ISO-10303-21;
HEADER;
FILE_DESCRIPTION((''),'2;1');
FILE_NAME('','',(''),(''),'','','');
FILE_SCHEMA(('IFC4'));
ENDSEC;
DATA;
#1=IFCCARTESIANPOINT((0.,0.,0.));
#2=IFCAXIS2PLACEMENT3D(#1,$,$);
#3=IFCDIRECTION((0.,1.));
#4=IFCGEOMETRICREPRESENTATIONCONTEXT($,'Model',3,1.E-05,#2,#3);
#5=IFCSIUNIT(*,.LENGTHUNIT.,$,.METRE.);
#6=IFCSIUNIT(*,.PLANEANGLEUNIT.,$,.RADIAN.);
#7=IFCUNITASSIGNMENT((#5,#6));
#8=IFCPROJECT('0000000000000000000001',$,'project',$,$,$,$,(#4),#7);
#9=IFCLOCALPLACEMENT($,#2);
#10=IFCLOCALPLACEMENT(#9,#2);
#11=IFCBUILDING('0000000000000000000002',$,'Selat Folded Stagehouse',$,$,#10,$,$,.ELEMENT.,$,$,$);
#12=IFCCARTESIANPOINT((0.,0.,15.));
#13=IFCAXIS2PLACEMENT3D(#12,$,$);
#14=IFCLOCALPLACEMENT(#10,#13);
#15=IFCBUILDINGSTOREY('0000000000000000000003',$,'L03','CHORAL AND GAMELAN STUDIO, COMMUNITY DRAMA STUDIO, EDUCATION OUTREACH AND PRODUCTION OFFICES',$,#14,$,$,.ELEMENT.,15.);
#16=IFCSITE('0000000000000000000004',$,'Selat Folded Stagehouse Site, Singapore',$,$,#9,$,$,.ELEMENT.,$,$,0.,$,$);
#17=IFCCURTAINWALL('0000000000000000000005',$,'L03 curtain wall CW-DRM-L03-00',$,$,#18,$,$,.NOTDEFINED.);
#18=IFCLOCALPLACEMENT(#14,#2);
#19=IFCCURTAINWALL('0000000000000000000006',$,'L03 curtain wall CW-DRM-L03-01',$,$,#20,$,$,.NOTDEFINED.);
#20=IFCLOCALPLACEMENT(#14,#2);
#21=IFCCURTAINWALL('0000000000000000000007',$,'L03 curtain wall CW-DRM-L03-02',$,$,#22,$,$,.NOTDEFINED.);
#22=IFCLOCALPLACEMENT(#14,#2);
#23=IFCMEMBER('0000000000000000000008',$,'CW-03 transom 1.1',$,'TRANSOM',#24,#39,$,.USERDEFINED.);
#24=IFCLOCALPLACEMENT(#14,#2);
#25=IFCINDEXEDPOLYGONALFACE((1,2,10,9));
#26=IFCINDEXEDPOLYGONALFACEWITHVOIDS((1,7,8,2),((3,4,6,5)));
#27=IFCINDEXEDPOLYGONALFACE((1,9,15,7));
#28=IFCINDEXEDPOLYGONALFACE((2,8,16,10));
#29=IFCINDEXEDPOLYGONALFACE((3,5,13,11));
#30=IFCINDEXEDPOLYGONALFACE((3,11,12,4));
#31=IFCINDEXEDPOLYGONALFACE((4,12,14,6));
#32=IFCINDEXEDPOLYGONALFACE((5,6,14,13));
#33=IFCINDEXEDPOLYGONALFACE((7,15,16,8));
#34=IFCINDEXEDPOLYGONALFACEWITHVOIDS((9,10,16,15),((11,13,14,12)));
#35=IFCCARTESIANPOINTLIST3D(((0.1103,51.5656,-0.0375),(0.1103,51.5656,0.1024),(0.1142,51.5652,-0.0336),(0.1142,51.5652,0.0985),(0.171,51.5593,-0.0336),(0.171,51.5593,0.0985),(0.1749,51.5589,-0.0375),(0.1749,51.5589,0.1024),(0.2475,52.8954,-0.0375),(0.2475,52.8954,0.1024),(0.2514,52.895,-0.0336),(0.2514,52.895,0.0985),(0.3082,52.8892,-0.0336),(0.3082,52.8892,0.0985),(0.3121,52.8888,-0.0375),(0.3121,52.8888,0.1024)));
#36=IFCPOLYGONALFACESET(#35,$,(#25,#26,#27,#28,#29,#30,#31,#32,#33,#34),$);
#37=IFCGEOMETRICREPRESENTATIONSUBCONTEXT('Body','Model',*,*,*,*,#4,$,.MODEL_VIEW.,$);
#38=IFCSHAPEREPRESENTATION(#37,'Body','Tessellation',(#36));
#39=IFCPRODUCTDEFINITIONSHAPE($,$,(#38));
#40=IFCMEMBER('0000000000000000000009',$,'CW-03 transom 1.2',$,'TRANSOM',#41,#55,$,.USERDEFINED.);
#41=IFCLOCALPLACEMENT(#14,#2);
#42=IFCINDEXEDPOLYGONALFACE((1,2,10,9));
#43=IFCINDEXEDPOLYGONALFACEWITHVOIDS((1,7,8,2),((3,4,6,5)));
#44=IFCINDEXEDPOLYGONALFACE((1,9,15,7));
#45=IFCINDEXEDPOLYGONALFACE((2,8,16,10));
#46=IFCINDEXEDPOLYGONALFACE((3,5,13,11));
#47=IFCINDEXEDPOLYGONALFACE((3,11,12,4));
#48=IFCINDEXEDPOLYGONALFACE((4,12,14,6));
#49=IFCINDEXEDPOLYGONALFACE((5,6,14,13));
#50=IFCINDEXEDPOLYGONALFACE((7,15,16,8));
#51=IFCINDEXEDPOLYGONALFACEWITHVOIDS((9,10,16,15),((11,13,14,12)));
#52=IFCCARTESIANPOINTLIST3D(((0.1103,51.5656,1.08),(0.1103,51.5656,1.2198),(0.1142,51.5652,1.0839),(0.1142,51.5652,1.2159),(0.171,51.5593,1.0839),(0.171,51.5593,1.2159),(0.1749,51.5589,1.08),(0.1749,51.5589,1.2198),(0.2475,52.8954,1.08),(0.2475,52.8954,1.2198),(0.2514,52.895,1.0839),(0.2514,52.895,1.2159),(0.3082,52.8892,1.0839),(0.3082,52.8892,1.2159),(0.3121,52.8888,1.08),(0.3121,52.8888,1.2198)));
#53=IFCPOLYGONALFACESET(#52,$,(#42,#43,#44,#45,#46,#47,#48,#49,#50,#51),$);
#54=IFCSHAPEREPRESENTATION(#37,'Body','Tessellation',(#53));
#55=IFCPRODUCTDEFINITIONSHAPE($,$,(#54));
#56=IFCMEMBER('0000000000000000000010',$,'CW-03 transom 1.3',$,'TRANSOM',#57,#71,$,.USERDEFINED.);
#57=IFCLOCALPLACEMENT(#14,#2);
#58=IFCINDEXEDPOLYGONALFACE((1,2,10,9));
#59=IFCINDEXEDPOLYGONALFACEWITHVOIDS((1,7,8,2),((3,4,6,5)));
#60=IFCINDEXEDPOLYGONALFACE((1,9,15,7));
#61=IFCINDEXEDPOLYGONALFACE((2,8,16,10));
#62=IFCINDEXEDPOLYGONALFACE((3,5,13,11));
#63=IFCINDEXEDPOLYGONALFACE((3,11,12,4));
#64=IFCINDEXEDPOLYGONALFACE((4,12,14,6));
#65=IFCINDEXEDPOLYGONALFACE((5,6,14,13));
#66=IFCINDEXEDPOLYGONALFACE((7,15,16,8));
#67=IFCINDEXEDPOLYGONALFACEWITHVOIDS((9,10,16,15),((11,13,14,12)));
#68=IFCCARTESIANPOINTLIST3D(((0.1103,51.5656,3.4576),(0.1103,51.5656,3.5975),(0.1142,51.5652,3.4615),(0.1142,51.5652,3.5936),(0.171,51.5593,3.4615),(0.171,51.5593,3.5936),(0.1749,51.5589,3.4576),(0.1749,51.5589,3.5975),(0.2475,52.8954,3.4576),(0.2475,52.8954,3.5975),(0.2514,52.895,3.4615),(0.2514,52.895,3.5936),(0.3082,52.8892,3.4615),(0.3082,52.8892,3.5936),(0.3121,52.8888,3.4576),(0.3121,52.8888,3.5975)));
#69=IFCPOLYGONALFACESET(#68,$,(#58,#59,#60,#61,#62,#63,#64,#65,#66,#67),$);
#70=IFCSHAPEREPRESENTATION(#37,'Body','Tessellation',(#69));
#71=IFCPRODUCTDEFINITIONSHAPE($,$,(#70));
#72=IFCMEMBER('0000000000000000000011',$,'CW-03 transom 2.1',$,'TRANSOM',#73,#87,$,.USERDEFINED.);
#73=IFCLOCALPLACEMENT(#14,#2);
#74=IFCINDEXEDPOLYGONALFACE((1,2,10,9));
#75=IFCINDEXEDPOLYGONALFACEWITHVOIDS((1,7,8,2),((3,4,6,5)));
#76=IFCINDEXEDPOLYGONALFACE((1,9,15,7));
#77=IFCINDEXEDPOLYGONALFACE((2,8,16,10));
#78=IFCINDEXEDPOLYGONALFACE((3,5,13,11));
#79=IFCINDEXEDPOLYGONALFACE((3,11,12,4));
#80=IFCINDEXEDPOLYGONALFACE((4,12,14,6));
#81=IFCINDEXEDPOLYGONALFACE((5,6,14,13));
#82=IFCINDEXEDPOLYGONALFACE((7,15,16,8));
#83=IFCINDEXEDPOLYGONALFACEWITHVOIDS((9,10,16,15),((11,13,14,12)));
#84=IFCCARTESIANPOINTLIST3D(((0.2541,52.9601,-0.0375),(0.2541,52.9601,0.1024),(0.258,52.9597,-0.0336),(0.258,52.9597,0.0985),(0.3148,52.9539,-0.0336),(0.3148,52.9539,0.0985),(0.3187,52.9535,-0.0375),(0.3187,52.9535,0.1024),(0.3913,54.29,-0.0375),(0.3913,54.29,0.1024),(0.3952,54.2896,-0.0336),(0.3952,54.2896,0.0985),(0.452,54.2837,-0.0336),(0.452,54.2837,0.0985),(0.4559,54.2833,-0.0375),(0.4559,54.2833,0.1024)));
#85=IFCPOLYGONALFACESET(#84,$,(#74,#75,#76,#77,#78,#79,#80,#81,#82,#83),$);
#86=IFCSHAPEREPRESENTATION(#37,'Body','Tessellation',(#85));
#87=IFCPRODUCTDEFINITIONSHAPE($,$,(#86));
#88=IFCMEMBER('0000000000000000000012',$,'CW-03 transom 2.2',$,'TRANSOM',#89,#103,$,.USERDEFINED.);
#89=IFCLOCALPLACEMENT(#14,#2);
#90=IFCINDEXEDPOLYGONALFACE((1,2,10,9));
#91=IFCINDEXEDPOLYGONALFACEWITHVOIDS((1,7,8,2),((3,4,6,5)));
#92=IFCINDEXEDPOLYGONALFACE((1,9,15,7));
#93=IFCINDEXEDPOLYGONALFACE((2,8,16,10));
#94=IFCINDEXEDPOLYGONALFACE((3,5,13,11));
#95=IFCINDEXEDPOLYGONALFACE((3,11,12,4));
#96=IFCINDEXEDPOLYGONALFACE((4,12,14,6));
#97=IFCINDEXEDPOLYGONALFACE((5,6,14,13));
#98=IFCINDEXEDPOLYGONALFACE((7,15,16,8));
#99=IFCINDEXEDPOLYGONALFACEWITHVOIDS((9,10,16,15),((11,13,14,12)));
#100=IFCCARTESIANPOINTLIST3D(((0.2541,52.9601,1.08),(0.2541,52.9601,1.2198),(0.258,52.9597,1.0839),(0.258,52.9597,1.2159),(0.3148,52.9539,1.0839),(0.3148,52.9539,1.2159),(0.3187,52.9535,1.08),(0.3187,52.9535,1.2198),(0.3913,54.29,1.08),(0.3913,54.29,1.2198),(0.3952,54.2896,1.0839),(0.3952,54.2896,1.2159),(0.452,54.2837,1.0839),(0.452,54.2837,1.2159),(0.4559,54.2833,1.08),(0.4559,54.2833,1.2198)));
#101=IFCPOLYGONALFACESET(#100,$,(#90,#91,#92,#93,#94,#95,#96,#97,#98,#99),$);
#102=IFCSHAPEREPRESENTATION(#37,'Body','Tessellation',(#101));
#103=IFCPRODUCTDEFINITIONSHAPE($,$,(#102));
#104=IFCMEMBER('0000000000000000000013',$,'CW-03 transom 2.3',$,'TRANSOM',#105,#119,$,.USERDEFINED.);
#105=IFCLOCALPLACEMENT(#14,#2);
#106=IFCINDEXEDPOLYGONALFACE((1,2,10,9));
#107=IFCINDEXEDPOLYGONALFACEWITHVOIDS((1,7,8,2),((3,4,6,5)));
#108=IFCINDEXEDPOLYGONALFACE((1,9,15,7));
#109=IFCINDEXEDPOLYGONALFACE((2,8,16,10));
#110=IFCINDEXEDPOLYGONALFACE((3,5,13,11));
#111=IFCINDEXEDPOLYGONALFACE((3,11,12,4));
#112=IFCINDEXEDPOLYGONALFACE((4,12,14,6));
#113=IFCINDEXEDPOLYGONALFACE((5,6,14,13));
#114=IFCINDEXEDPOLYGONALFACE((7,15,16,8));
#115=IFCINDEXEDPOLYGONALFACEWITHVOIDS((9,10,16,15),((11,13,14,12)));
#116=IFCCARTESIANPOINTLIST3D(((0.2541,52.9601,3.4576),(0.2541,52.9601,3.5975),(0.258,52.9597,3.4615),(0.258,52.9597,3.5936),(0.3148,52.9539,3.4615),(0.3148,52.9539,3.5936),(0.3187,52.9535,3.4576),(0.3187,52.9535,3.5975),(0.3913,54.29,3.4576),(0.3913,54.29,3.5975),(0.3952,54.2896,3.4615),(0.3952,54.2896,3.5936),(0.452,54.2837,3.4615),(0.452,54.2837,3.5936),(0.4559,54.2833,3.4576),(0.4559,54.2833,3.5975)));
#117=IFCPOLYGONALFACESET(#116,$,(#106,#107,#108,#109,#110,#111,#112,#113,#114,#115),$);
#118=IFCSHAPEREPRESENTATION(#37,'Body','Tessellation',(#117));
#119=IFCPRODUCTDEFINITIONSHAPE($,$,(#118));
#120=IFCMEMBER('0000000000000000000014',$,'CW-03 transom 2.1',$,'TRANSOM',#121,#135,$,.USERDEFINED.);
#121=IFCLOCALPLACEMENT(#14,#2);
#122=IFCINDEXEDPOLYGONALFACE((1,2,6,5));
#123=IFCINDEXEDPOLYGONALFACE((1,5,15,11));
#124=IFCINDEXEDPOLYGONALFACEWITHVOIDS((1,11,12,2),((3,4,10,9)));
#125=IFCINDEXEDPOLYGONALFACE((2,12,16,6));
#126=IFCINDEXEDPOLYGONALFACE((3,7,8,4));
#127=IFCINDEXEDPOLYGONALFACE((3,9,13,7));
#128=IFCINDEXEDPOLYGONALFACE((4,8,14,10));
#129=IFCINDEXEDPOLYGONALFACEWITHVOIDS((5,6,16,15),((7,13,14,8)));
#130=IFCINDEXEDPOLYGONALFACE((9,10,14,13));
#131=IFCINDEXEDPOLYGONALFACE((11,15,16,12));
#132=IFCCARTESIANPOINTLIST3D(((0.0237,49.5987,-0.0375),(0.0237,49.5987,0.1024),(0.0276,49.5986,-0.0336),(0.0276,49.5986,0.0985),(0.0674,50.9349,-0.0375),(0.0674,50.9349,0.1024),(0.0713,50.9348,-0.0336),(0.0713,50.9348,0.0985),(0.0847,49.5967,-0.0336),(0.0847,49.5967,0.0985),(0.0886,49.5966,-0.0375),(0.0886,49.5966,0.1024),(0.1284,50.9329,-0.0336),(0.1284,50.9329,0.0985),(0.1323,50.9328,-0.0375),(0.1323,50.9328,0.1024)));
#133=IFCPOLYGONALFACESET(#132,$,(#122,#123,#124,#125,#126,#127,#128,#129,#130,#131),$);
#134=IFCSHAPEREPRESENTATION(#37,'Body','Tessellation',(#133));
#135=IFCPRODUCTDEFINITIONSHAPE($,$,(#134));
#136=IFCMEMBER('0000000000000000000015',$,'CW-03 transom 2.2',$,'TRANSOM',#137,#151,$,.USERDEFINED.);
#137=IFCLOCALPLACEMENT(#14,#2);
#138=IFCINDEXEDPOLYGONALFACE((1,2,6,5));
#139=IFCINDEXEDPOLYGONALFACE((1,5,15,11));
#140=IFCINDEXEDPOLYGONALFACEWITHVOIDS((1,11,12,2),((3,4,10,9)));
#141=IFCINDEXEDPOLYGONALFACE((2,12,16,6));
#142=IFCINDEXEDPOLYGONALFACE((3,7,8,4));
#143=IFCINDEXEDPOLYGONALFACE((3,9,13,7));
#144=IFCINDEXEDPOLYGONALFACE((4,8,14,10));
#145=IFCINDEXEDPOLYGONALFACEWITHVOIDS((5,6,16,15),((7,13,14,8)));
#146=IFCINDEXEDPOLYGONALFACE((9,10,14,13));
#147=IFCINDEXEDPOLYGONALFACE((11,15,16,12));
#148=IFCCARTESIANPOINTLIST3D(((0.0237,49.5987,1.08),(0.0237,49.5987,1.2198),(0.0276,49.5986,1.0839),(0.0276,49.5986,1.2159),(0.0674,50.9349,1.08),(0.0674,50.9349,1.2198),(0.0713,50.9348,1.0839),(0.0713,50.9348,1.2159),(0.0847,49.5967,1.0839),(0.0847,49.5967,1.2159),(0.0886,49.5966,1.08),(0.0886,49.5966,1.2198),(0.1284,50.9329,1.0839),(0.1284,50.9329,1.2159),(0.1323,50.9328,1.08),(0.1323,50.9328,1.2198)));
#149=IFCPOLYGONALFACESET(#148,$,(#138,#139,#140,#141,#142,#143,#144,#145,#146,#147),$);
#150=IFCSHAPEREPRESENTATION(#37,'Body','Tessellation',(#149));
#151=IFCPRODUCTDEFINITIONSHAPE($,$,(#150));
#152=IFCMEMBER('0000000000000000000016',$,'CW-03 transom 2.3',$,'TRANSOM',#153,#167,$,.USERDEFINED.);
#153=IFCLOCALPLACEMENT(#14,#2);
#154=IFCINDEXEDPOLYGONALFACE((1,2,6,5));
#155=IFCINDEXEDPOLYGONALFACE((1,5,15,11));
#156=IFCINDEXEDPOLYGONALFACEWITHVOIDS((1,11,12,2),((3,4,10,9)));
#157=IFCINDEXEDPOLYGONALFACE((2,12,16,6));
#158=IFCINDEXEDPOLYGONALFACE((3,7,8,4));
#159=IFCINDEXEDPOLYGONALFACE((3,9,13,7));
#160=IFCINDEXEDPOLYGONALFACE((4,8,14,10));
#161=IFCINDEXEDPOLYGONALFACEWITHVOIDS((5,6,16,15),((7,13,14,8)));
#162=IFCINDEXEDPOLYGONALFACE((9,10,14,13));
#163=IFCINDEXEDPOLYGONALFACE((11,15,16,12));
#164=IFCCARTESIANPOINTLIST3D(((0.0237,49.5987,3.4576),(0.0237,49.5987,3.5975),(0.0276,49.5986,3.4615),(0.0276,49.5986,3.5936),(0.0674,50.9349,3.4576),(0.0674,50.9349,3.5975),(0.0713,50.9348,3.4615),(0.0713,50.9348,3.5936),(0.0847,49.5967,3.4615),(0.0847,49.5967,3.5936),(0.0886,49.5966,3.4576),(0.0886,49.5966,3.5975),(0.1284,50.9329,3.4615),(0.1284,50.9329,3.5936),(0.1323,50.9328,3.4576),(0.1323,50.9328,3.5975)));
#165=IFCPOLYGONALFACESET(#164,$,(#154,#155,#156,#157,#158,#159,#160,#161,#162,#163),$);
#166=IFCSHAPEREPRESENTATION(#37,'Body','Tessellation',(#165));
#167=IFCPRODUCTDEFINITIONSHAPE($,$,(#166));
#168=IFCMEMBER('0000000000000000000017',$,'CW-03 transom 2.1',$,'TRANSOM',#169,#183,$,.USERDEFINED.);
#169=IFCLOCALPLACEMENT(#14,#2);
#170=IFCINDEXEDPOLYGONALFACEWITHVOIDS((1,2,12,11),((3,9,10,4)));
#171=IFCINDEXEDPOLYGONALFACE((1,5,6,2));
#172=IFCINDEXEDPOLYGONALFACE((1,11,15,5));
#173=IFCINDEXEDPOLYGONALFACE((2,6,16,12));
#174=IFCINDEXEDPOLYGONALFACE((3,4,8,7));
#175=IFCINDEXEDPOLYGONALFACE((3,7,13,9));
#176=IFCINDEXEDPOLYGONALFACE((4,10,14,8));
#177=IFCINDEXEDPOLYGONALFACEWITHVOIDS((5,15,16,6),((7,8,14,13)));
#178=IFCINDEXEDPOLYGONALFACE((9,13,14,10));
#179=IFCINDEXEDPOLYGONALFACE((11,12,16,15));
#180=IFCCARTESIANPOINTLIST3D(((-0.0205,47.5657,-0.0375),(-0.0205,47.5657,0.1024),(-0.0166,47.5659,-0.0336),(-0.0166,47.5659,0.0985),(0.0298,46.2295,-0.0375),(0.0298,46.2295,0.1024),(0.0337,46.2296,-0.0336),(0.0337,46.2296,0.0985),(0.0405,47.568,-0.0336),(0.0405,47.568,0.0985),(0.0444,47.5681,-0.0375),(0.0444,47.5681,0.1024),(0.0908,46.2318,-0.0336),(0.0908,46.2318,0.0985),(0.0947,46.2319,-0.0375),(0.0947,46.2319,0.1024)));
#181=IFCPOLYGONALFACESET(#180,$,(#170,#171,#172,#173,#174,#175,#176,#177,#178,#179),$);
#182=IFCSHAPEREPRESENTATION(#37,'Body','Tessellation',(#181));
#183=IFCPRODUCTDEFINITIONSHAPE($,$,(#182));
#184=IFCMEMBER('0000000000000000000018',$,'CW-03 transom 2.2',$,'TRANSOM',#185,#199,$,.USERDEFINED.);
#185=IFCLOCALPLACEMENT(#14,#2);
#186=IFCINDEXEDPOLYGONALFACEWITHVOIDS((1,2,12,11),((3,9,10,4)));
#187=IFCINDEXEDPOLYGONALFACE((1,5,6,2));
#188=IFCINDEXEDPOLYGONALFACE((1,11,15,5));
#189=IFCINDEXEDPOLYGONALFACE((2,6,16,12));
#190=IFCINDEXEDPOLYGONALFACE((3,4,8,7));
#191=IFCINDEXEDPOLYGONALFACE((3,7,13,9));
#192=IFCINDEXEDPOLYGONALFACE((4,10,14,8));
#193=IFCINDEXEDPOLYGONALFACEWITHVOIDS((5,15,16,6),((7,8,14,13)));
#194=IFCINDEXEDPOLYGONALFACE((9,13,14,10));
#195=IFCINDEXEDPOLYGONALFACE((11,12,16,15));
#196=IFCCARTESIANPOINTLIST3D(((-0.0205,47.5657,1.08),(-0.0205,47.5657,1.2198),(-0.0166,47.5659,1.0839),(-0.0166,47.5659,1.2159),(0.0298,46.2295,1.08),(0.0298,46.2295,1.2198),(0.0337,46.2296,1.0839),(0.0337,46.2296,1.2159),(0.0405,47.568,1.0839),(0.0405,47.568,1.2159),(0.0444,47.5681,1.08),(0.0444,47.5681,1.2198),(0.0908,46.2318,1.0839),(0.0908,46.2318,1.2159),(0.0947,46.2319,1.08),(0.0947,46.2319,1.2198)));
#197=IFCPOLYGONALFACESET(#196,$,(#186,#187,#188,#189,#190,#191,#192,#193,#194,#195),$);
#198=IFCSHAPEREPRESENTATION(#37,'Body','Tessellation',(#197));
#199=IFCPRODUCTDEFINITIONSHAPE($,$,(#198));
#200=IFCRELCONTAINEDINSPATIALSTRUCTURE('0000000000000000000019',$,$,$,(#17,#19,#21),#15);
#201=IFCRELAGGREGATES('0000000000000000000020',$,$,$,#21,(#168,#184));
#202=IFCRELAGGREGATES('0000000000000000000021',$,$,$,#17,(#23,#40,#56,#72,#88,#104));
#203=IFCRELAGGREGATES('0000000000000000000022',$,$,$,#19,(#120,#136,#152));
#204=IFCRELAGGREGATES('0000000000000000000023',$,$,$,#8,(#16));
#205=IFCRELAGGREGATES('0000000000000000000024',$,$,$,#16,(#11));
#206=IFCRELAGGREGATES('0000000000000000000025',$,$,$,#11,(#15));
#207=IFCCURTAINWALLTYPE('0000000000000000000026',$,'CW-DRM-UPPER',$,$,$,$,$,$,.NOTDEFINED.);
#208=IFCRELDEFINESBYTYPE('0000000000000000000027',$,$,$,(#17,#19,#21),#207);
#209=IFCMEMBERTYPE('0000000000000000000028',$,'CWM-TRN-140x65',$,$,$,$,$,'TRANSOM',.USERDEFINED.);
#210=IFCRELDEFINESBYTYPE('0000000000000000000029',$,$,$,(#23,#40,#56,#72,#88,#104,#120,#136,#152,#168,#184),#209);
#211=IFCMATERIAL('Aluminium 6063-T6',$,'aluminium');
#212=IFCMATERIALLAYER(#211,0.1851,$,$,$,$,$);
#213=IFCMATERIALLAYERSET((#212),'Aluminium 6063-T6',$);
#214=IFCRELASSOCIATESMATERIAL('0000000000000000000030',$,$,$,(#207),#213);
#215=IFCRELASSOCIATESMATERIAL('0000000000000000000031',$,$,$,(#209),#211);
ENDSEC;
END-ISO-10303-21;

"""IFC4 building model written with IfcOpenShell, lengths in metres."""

from ifc_helpers import new_model, si_unit, direction, frame, origin, origin_2d, place, context, subcontext, project, spatial, hollow_rectangle, extrude, material, layer, layer_set, material_profile, profile_set, type_object, element, aggregate, save


model = new_model("IFC4")

# Units and contexts
model_context = context("Model", 3, precision=1e-05, world=origin(), true_north=direction((0.0, 1.0)))
body_context = subcontext(model_context, "Body", "Model", "MODEL_VIEW")
ifc_project = project(units=[si_unit("LENGTHUNIT", "METRE"), si_unit("PLANEANGLEUNIT", "RADIAN")], contexts=[model_context])

# Site, building, storey
site_placement = place(None, origin())
site = spatial("IfcSite", under=ifc_project, at=site_placement, Name="Selat Folded Stagehouse Site, Singapore", CompositionType="ELEMENT", RefElevation=0.0)
building_placement = place(site_placement, origin())
building = spatial("IfcBuilding", under=site, at=building_placement, Name="Selat Folded Stagehouse", CompositionType="ELEMENT")
storey_placement = place(building_placement, frame((0.0, 0.0, 15.0)))
storey = spatial("IfcBuildingStorey", under=building, at=storey_placement, Name="L03", Description="CHORAL AND GAMELAN STUDIO, COMMUNITY DRAMA STUDIO, EDUCATION OUTREACH AND PRODUCTION OFFICES", CompositionType="ELEMENT", Elevation=15.0)

# Curtain wall
ifc_material_1 = material(Name="Aluminium 6063-T6", Category="aluminium")
ifc_layer_1 = layer(ifc_material_1, 0.1851)
ifc_layer_set_1 = layer_set([ifc_layer_1], Name="Aluminium 6063-T6")
curtain_wall_type = type_object("IfcCurtainWallType", Name="CW-DRM-UPPER", PredefinedType="NOTDEFINED", material=ifc_layer_set_1)
curtain_wall_1_placement = place(storey_placement, origin())
curtain_wall_1 = element("IfcCurtainWall", 1, at=curtain_wall_1_placement, inside=storey, type_object=curtain_wall_type, Name="L03 curtain wall CW-DRM-L03-00", PredefinedType="NOTDEFINED")

# Curtain walls
curtain_wall_2_placement = place(storey_placement, origin())
curtain_wall_2 = element("IfcCurtainWall", 2, at=curtain_wall_2_placement, inside=storey, type_object=curtain_wall_type, Name="L03 curtain wall CW-DRM-L03-01", PredefinedType="NOTDEFINED")
curtain_wall_3_placement = place(storey_placement, origin())
curtain_wall_3 = element("IfcCurtainWall", 3, at=curtain_wall_3_placement, inside=storey, type_object=curtain_wall_type, Name="L03 curtain wall CW-DRM-L03-02", PredefinedType="NOTDEFINED")

# Members
ifc_material_profile_1 = material_profile(ifc_material_1, hollow_rectangle(XDim=0.0649, YDim=0.1399, WallThickness=0.0039, at=origin_2d()), Name="ALU 140x65x4.0")
ifc_profile_set_1 = profile_set([ifc_material_profile_1], Name="Aluminium 6063-T6")
member_type_1 = type_object("IfcMemberType", Name="CWM-TRN-140x65", ElementType="TRANSOM", PredefinedType="USERDEFINED", material=ifc_profile_set_1)
member_1_placement = place(storey_placement, frame((0.1426, 51.5623, 0.0325), z_axis=(0.102631, 0.994719, 0.0), x_axis=(-0.994719, 0.102631, 0.0)))
member_1 = element("IfcMember", 4, at=member_1_placement, type_object=member_type_1, Name="CW-03 transom 1.1", ObjectType="TRANSOM", PredefinedType="USERDEFINED", context=body_context, shape_type="SweptSolid", body=[
    extrude(hollow_rectangle(XDim=0.0649, YDim=0.1399, WallThickness=0.0039, at=origin_2d()), origin(), (0.0, 0.0, 1.0), 1.3369),
])
member_2_placement = place(storey_placement, frame((0.1426, 51.5623, 1.1499), z_axis=(0.102631, 0.994719, 0.0), x_axis=(-0.994719, 0.102631, 0.0)))
member_2 = element("IfcMember", 5, at=member_2_placement, type_object=member_type_1, Name="CW-03 transom 1.2", ObjectType="TRANSOM", PredefinedType="USERDEFINED", context=body_context, shape_type="SweptSolid", body=[
    extrude(hollow_rectangle(XDim=0.0649, YDim=0.1399, WallThickness=0.0039, at=origin_2d()), origin(), (0.0, 0.0, 1.0), 1.3369),
])
member_3_placement = place(storey_placement, frame((0.1426, 51.5623, 3.5276), z_axis=(0.102631, 0.994719, 0.0), x_axis=(-0.994719, 0.102631, 0.0)))
member_3 = element("IfcMember", 6, at=member_3_placement, type_object=member_type_1, Name="CW-03 transom 1.3", ObjectType="TRANSOM", PredefinedType="USERDEFINED", context=body_context, shape_type="SweptSolid", body=[
    extrude(hollow_rectangle(XDim=0.0649, YDim=0.1399, WallThickness=0.0039, at=origin_2d()), origin(), (0.0, 0.0, 1.0), 1.3369),
])
member_4_placement = place(storey_placement, frame((0.2864, 52.9568, 0.0325), z_axis=(0.102631, 0.994719, 0.0), x_axis=(-0.994719, 0.102631, 0.0)))
member_4 = element("IfcMember", 7, at=member_4_placement, type_object=member_type_1, Name="CW-03 transom 2.1", ObjectType="TRANSOM", PredefinedType="USERDEFINED", context=body_context, shape_type="SweptSolid", body=[
    extrude(hollow_rectangle(XDim=0.0649, YDim=0.1399, WallThickness=0.0039, at=origin_2d()), origin(), (0.0, 0.0, 1.0), 1.3369),
])
member_5_placement = place(storey_placement, frame((0.2864, 52.9568, 1.1499), z_axis=(0.102631, 0.994719, 0.0), x_axis=(-0.994719, 0.102631, 0.0)))
member_5 = element("IfcMember", 8, at=member_5_placement, type_object=member_type_1, Name="CW-03 transom 2.2", ObjectType="TRANSOM", PredefinedType="USERDEFINED", context=body_context, shape_type="SweptSolid", body=[
    extrude(hollow_rectangle(XDim=0.0649, YDim=0.1399, WallThickness=0.0039, at=origin_2d()), origin(), (0.0, 0.0, 1.0), 1.3369),
])
member_6_placement = place(storey_placement, frame((0.2864, 52.9568, 3.5276), z_axis=(0.102631, 0.994719, 0.0), x_axis=(-0.994719, 0.102631, 0.0)))
member_6 = element("IfcMember", 9, at=member_6_placement, type_object=member_type_1, Name="CW-03 transom 2.3", ObjectType="TRANSOM", PredefinedType="USERDEFINED", context=body_context, shape_type="SweptSolid", body=[
    extrude(hollow_rectangle(XDim=0.0649, YDim=0.1399, WallThickness=0.0039, at=origin_2d()), origin(), (0.0, 0.0, 1.0), 1.3369),
])
member_7_placement = place(storey_placement, frame((0.0562, 49.5977, 0.0325), z_axis=(0.032689, 0.999466, 0.0), x_axis=(-0.999466, 0.032689, 0.0)))
member_7 = element("IfcMember", 10, at=member_7_placement, type_object=member_type_1, Name="CW-03 transom 2.1", ObjectType="TRANSOM", PredefinedType="USERDEFINED", context=body_context, shape_type="SweptSolid", body=[
    extrude(hollow_rectangle(XDim=0.0649, YDim=0.1399, WallThickness=0.0039, at=origin_2d()), origin(), (0.0, 0.0, 1.0), 1.3369),
])
member_8_placement = place(storey_placement, frame((0.0562, 49.5977, 1.1499), z_axis=(0.032689, 0.999466, 0.0), x_axis=(-0.999466, 0.032689, 0.0)))
member_8 = element("IfcMember", 11, at=member_8_placement, type_object=member_type_1, Name="CW-03 transom 2.2", ObjectType="TRANSOM", PredefinedType="USERDEFINED", context=body_context, shape_type="SweptSolid", body=[
    extrude(hollow_rectangle(XDim=0.0649, YDim=0.1399, WallThickness=0.0039, at=origin_2d()), origin(), (0.0, 0.0, 1.0), 1.3369),
])
member_9_placement = place(storey_placement, frame((0.0562, 49.5977, 3.5276), z_axis=(0.032689, 0.999466, 0.0), x_axis=(-0.999466, 0.032689, 0.0)))
member_9 = element("IfcMember", 12, at=member_9_placement, type_object=member_type_1, Name="CW-03 transom 2.3", ObjectType="TRANSOM", PredefinedType="USERDEFINED", context=body_context, shape_type="SweptSolid", body=[
    extrude(hollow_rectangle(XDim=0.0649, YDim=0.1399, WallThickness=0.0039, at=origin_2d()), origin(), (0.0, 0.0, 1.0), 1.3369),
])
member_10_placement = place(storey_placement, frame((0.0623, 46.2307, 0.0325), z_axis=(-0.037613, 0.999292, 0.0), x_axis=(-0.999292, -0.037613, 0.0)))
member_10 = element("IfcMember", 13, at=member_10_placement, type_object=member_type_1, Name="CW-03 transom 2.1", ObjectType="TRANSOM", PredefinedType="USERDEFINED", context=body_context, shape_type="SweptSolid", body=[
    extrude(hollow_rectangle(XDim=0.0649, YDim=0.1399, WallThickness=0.0039, at=origin_2d()), origin(), (0.0, 0.0, 1.0), 1.3372),
])
member_11_placement = place(storey_placement, frame((0.0623, 46.2307, 1.1499), z_axis=(-0.037613, 0.999292, 0.0), x_axis=(-0.999292, -0.037613, 0.0)))
member_11 = element("IfcMember", 14, at=member_11_placement, type_object=member_type_1, Name="CW-03 transom 2.2", ObjectType="TRANSOM", PredefinedType="USERDEFINED", context=body_context, shape_type="SweptSolid", body=[
    extrude(hollow_rectangle(XDim=0.0649, YDim=0.1399, WallThickness=0.0039, at=origin_2d()), origin(), (0.0, 0.0, 1.0), 1.3372),
])
aggregate(curtain_wall_3, [member_10, member_11])

aggregate(curtain_wall_1, [member_1, member_2, member_3, member_4, member_5, member_6])
aggregate(curtain_wall_2, [member_7, member_8, member_9])

save(model, "model.ifc")
